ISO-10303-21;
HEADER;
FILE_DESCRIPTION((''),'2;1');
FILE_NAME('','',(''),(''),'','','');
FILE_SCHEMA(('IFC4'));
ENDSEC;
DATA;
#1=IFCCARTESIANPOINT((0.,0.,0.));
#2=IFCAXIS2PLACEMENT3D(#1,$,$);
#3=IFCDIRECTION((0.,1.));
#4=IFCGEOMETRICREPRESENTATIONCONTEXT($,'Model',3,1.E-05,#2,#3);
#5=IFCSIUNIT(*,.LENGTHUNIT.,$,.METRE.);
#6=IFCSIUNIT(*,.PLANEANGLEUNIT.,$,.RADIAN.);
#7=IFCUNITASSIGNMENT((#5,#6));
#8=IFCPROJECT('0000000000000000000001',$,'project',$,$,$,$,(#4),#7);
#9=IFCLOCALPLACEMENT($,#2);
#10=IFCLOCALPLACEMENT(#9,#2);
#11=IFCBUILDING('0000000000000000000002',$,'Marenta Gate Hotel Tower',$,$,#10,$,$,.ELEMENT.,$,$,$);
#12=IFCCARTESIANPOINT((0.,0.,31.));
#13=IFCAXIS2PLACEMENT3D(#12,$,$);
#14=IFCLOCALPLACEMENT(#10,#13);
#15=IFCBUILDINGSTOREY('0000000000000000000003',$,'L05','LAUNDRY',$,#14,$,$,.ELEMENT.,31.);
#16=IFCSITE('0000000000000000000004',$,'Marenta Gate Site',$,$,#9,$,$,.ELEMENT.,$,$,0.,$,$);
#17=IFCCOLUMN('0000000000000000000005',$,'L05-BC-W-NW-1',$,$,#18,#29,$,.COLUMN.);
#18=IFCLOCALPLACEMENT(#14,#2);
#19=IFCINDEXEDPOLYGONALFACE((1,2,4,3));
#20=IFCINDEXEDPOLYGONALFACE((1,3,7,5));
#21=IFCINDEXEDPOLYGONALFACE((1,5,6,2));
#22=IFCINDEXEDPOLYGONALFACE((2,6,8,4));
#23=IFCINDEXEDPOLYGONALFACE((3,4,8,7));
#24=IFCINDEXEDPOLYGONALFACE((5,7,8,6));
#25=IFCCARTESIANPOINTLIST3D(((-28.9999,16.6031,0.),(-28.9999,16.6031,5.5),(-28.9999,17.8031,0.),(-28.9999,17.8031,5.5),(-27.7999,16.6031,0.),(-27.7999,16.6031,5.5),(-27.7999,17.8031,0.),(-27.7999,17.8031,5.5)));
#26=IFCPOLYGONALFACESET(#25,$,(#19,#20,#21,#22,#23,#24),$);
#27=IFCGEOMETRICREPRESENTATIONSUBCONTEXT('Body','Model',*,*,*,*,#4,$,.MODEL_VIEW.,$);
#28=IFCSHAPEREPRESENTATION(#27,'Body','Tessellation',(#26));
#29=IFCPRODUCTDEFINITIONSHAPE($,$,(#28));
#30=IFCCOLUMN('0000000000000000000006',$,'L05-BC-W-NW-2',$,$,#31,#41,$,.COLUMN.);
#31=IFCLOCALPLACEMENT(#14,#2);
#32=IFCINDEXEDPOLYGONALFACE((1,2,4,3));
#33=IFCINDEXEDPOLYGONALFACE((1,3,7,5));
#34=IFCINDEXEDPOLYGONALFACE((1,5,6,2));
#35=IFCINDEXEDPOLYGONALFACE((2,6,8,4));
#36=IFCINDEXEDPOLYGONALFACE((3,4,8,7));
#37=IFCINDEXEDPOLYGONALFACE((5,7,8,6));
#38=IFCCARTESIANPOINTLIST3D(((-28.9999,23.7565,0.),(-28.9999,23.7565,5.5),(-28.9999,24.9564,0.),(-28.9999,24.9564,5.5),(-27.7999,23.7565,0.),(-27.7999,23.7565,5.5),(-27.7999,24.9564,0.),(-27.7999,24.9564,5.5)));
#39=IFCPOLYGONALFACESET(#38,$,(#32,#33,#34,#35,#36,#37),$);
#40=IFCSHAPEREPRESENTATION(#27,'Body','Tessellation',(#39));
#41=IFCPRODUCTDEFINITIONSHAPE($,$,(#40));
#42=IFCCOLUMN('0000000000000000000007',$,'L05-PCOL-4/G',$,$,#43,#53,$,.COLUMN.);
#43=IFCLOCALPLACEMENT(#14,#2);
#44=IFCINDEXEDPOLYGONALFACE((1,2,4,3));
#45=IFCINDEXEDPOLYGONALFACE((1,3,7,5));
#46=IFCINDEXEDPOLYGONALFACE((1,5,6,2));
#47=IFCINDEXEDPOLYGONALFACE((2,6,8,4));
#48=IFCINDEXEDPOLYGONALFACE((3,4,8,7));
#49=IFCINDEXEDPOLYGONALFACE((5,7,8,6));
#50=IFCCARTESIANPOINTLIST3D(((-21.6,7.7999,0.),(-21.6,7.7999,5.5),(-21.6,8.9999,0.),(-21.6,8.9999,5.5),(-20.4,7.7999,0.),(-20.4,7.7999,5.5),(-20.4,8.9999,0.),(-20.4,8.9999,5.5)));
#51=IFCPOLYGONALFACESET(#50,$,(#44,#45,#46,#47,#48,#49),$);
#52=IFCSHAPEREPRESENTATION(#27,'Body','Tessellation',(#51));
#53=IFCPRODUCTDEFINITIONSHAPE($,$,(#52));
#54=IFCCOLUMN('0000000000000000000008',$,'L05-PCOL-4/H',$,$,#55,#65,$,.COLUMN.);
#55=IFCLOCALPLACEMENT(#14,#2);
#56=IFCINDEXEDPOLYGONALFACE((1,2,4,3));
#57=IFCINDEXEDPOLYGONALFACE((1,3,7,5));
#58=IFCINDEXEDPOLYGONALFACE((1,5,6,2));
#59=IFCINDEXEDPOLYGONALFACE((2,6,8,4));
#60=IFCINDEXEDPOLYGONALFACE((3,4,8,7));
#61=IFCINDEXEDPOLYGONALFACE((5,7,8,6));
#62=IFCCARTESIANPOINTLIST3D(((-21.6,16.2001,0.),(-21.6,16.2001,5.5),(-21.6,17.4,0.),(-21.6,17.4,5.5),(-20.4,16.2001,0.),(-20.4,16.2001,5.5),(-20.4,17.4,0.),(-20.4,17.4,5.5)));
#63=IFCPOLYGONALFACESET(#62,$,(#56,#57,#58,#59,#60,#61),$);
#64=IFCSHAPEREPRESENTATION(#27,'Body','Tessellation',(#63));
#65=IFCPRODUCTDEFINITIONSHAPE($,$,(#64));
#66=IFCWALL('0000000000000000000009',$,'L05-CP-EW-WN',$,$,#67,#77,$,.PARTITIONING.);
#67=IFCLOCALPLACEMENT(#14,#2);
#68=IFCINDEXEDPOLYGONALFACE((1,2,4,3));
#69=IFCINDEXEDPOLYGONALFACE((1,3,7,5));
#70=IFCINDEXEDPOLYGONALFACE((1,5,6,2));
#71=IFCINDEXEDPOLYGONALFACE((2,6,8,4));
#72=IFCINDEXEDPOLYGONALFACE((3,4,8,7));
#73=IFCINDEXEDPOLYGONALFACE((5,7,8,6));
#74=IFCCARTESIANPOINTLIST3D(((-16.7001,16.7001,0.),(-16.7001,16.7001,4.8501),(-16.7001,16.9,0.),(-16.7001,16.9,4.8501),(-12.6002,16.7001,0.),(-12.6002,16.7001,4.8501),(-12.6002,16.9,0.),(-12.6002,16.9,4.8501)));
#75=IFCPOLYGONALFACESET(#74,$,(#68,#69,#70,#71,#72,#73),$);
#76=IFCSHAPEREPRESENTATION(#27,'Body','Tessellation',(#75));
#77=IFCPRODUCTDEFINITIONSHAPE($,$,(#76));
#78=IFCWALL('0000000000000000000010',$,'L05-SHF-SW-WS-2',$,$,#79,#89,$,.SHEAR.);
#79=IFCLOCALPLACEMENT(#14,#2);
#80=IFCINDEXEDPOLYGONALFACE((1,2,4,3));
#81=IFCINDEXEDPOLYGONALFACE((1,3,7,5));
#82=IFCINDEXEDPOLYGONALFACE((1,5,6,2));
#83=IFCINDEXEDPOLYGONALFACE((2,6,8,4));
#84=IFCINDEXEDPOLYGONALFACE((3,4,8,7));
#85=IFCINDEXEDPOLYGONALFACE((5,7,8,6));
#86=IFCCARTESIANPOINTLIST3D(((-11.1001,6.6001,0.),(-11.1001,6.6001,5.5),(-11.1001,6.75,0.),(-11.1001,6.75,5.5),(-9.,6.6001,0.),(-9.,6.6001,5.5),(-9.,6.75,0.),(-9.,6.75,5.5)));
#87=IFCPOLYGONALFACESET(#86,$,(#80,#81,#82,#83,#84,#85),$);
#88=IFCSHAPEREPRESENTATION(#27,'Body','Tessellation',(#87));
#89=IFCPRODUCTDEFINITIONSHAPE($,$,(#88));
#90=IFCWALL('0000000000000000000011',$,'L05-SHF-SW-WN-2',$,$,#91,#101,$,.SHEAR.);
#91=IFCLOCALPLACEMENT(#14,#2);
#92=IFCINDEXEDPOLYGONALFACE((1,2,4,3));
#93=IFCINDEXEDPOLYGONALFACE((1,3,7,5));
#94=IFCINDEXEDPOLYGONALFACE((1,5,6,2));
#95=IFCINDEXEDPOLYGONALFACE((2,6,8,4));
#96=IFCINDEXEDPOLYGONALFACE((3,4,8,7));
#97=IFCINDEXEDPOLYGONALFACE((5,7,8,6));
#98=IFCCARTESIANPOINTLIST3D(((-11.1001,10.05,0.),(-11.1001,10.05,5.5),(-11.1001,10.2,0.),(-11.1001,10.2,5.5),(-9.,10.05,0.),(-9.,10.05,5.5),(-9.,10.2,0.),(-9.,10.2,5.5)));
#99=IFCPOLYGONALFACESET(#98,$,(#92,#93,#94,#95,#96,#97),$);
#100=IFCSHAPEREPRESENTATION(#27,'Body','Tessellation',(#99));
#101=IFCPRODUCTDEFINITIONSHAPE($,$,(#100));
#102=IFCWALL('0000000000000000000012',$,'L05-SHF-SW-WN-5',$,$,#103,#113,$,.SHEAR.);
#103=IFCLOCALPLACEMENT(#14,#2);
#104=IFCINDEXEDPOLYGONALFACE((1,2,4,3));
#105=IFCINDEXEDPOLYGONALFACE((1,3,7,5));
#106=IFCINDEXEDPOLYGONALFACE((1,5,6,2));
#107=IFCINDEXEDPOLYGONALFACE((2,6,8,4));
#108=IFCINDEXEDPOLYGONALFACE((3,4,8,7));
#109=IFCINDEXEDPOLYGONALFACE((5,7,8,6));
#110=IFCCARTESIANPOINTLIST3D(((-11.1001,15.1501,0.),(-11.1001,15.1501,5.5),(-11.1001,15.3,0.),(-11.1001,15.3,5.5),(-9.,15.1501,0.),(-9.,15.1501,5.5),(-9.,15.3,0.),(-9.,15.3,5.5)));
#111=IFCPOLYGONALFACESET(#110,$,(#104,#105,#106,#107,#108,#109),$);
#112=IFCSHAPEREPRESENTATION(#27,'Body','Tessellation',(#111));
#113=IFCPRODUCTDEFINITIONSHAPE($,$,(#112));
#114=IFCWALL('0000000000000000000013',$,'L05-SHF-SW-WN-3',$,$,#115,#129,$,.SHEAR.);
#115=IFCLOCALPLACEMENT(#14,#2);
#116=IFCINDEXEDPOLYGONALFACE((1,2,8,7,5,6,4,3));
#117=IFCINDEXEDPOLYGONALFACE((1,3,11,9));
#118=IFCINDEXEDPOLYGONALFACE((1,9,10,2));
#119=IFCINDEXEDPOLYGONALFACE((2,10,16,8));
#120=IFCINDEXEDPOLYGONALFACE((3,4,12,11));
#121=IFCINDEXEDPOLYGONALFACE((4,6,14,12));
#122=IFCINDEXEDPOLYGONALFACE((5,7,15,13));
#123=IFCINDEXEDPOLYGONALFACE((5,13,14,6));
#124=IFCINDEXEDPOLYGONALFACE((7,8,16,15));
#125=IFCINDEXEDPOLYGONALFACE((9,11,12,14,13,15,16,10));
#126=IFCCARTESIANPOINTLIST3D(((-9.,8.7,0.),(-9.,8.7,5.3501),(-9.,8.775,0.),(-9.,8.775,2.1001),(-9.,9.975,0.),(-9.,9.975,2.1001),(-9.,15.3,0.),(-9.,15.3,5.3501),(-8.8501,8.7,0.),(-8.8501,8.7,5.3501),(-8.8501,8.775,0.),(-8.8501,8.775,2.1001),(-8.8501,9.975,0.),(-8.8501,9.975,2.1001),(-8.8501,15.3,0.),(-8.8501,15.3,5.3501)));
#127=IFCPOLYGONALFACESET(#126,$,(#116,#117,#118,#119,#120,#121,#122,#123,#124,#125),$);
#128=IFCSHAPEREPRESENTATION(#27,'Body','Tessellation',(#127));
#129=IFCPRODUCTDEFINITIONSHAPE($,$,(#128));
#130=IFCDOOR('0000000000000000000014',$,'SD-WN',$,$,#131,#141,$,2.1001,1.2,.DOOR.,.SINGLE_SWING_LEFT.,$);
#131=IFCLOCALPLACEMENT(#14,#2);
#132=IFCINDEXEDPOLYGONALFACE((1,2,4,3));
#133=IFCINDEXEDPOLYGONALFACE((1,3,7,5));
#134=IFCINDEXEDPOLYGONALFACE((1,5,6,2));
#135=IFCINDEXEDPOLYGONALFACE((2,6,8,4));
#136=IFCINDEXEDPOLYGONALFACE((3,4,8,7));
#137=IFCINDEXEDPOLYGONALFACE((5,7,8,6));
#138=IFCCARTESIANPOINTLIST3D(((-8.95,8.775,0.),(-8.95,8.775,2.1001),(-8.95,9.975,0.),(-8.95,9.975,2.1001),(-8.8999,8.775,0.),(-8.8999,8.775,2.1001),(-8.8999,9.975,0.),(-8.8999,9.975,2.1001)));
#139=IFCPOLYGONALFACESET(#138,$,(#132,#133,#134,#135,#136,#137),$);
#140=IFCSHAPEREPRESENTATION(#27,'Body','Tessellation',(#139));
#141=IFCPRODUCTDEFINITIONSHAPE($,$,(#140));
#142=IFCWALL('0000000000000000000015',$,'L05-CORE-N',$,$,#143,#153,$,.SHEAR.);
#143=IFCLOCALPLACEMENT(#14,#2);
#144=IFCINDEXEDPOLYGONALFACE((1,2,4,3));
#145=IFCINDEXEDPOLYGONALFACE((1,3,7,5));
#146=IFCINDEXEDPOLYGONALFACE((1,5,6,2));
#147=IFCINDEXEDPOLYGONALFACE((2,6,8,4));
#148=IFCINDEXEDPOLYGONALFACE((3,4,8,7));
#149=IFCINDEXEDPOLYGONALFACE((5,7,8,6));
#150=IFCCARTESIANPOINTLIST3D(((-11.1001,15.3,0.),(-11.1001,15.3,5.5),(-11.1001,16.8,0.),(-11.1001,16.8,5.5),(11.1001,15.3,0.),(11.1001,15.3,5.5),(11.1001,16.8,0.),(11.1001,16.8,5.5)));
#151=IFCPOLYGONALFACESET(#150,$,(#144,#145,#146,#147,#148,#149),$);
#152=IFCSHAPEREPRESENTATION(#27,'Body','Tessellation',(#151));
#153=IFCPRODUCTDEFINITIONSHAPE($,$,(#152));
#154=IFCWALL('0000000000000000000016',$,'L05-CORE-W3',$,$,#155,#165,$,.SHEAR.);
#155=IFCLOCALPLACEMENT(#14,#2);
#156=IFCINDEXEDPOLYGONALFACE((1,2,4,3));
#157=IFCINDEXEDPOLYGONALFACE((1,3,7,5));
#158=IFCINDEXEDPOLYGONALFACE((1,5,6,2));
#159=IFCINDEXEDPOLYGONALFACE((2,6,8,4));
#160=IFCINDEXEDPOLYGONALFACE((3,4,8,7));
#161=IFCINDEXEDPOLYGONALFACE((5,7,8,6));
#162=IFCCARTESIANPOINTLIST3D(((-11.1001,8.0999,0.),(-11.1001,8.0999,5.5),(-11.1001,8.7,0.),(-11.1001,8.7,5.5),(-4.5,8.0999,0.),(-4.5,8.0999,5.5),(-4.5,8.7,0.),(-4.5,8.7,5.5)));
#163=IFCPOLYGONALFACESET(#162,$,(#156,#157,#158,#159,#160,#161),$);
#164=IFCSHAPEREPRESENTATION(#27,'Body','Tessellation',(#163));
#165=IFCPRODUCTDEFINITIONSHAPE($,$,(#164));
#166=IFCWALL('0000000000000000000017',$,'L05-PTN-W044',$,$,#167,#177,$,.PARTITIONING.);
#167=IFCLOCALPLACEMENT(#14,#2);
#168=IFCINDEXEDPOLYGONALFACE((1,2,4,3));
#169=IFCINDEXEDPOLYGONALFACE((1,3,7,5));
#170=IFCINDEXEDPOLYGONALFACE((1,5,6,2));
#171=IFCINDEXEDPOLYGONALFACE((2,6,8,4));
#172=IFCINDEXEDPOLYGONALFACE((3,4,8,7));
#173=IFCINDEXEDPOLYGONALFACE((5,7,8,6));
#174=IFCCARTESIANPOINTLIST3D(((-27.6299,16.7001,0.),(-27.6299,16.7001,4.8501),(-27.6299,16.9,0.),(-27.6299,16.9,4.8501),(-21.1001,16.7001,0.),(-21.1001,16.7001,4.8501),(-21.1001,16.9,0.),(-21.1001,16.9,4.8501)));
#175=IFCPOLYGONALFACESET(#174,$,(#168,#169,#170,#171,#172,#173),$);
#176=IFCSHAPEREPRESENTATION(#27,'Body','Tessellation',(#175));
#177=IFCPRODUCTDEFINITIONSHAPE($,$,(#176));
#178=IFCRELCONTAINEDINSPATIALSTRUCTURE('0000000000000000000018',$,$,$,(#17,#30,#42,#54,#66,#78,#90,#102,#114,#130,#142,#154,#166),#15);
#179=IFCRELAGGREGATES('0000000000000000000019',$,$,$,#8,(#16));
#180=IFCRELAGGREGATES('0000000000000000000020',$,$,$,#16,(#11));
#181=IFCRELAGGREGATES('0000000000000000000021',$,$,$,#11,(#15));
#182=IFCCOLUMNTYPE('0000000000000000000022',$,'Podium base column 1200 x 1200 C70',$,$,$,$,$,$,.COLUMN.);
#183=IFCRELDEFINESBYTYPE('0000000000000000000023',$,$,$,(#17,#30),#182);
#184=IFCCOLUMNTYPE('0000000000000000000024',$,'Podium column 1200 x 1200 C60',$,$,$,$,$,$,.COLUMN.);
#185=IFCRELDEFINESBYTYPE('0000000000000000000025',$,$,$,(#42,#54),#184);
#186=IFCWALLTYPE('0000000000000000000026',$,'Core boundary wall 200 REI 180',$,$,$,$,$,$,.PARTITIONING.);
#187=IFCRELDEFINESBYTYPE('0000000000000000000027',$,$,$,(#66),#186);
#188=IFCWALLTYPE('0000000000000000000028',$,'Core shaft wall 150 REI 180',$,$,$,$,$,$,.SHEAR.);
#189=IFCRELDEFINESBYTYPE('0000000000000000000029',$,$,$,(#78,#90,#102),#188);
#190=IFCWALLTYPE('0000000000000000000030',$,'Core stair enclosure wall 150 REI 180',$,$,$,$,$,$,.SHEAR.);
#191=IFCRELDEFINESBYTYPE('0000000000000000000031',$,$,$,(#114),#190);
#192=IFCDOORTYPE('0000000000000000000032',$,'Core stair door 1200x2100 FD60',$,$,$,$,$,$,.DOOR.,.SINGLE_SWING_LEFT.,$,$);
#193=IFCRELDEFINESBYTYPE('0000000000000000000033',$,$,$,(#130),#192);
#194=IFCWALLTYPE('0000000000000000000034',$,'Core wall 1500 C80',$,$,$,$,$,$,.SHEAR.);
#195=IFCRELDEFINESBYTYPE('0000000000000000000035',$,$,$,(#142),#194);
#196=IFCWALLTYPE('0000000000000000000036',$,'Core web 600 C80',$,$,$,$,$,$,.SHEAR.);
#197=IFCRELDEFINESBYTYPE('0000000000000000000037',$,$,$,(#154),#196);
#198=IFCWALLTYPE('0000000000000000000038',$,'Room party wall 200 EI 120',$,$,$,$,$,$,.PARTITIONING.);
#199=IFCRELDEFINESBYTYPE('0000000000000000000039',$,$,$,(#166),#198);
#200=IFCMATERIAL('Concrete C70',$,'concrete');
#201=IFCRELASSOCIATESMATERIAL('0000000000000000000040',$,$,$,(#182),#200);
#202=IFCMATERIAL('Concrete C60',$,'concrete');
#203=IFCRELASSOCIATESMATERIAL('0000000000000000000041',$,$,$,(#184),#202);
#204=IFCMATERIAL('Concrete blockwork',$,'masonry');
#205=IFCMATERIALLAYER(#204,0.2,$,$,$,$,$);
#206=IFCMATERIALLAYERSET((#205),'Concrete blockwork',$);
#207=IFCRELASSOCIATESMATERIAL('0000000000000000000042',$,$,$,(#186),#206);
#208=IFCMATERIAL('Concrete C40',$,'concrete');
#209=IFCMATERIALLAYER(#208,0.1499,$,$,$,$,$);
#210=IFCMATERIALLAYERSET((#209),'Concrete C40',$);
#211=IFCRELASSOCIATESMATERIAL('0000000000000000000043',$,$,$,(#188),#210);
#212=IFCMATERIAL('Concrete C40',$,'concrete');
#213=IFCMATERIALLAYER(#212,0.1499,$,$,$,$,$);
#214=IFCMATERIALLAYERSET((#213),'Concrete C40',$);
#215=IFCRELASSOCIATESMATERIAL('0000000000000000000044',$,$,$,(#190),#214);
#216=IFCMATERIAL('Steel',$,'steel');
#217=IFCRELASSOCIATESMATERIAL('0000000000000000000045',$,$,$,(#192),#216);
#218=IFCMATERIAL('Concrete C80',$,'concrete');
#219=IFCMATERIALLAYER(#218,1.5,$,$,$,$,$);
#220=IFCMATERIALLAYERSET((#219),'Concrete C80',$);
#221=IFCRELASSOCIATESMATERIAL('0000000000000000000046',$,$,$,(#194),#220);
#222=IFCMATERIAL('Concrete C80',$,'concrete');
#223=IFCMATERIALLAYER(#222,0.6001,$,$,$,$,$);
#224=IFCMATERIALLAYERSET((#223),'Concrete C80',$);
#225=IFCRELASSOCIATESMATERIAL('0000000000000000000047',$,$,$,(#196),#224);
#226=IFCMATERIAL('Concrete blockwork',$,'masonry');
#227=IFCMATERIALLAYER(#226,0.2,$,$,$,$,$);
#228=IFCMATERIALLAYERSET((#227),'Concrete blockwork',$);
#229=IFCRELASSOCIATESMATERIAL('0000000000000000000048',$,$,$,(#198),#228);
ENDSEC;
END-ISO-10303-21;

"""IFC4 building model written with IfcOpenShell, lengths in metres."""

from ifc_helpers import new_model, si_unit, direction, frame, frame_2d, origin, origin_2d, place, context, subcontext, project, spatial, rectangle, extrude, material, layer, layer_set, material_profile, profile_set, type_object, element, fill, save


model = new_model("IFC4")

# Units and contexts
model_context = context("Model", 3, precision=1e-05, world=origin(), true_north=direction((0.0, 1.0)))
body_context = subcontext(model_context, "Body", "Model", "MODEL_VIEW")
ifc_project = project(units=[si_unit("LENGTHUNIT", "METRE"), si_unit("PLANEANGLEUNIT", "RADIAN")], contexts=[model_context])

# Site, building, storey
site_placement = place(None, origin())
site = spatial("IfcSite", under=ifc_project, at=site_placement, Name="Marenta Gate Site", CompositionType="ELEMENT", RefElevation=0.0)
building_placement = place(site_placement, origin())
building = spatial("IfcBuilding", under=site, at=building_placement, Name="Marenta Gate Hotel Tower", CompositionType="ELEMENT")
storey_placement = place(building_placement, frame((0.0, 0.0, 31.0)))
storey = spatial("IfcBuildingStorey", under=building, at=storey_placement, Name="L05", Description="LAUNDRY", CompositionType="ELEMENT", Elevation=31.0)

# Columns
ifc_material_1 = material(Name="Concrete C70", Category="concrete")
ifc_material_profile_1 = material_profile(ifc_material_1, rectangle(XDim=1.2, YDim=1.2, at=origin_2d()), Name="1200 x 1200")
ifc_profile_set_1 = profile_set([ifc_material_profile_1], Name="Concrete C70")
column_type_1 = type_object("IfcColumnType", Name="Podium base column 1200 x 1200 C70", PredefinedType="COLUMN", material=ifc_profile_set_1)
for number, where, z_axis, x_axis, name in (
    (1, (-28.3999, 17.2031, 0.0), (0.0, 0.0, 1.0), (1.0, 0.0, 0.0), "L05-BC-W-NW-1"),
    (2, (-28.3999, 24.3564, 0.0), (0.0, 0.0, 1.0), (1.0, 0.0, 0.0), "L05-BC-W-NW-2"),
):
    element("IfcColumn", number, at=place(storey_placement, frame(where, z_axis=z_axis, x_axis=x_axis)), inside=storey, type_object=column_type_1, Name=name, PredefinedType="COLUMN", context=body_context, shape_type="SweptSolid", body=[
        extrude(rectangle(XDim=1.2, YDim=1.2, at=origin_2d()), origin(), (0.0, 0.0, 1.0), 5.5),
    ])
ifc_material_2 = material(Name="Concrete C60", Category="concrete")
ifc_material_profile_2 = material_profile(ifc_material_2, rectangle(XDim=1.2, YDim=1.2, at=origin_2d()), Name="1200 x 1200")
ifc_profile_set_2 = profile_set([ifc_material_profile_2], Name="Concrete C60")
column_type_2 = type_object("IfcColumnType", Name="Podium column 1200 x 1200 C60", PredefinedType="COLUMN", material=ifc_profile_set_2)
for number, where, z_axis, x_axis, name in (
    (3, (-21.0, 8.3999, 0.0), (0.0, 0.0, 1.0), (1.0, 0.0, 0.0), "L05-PCOL-4/G"),
    (4, (-21.0, 16.8, 0.0), (0.0, 0.0, 1.0), (1.0, 0.0, 0.0), "L05-PCOL-4/H"),
):
    element("IfcColumn", number, at=place(storey_placement, frame(where, z_axis=z_axis, x_axis=x_axis)), inside=storey, type_object=column_type_2, Name=name, PredefinedType="COLUMN", context=body_context, shape_type="SweptSolid", body=[
        extrude(rectangle(XDim=1.2, YDim=1.2, at=origin_2d()), origin(), (0.0, 0.0, 1.0), 5.5),
    ])

# Walls
ifc_material_3 = material(Name="Concrete blockwork", Category="masonry")
ifc_layer_1 = layer(ifc_material_3, 0.2)
ifc_layer_set_1 = layer_set([ifc_layer_1], Name="Concrete blockwork")
wall_type_1 = type_object("IfcWallType", Name="Core boundary wall 200 REI 180", PredefinedType="PARTITIONING", material=ifc_layer_set_1)
wall_1_placement = place(storey_placement, frame((-16.7, 16.8, 0.0), z_axis=(0.0, 0.0, 1.0), x_axis=(1.0, 0.0, 0.0)))
element("IfcWall", 5, at=wall_1_placement, inside=storey, type_object=wall_type_1, Name="L05-CP-EW-WN", PredefinedType="PARTITIONING", context=body_context, shape_type="SweptSolid", body=[
    extrude(rectangle(XDim=4.0999, YDim=0.2, at=frame_2d((2.0498, 0.0))), origin(), (0.0, 0.0, 1.0), 4.8501),
])
ifc_material_4 = material(Name="Concrete C40", Category="concrete")
ifc_layer_2 = layer(ifc_material_4, 0.1499)
ifc_layer_set_2 = layer_set([ifc_layer_2], Name="Concrete C40")
wall_type_2 = type_object("IfcWallType", Name="Core shaft wall 150 REI 180", PredefinedType="SHEAR", material=ifc_layer_set_2)
for number, where, z_axis, x_axis, name in (
    (6, (-11.1001, 6.675, 0.0), (0.0, 0.0, 1.0), (1.0, 0.0, 0.0), "L05-SHF-SW-WS-2"),
    (7, (-11.1001, 10.125, 0.0), (0.0, 0.0, 1.0), (1.0, 0.0, 0.0), "L05-SHF-SW-WN-2"),
    (8, (-11.1001, 15.2251, 0.0), (0.0, 0.0, 1.0), (1.0, 0.0, 0.0), "L05-SHF-SW-WN-5"),
):
    element("IfcWall", number, at=place(storey_placement, frame(where, z_axis=z_axis, x_axis=x_axis)), inside=storey, type_object=wall_type_2, Name=name, PredefinedType="SHEAR", context=body_context, shape_type="SweptSolid", body=[
        extrude(rectangle(XDim=2.1001, YDim=0.1499, at=frame_2d((1.05, 0.0))), origin(), (0.0, 0.0, 1.0), 5.5),
    ])

# Wall, opening, door
ifc_material_5 = material(Name="Concrete C40", Category="concrete")
ifc_layer_3 = layer(ifc_material_5, 0.1499)
ifc_layer_set_3 = layer_set([ifc_layer_3], Name="Concrete C40")
wall_type_3 = type_object("IfcWallType", Name="Core stair enclosure wall 150 REI 180", PredefinedType="SHEAR", material=ifc_layer_set_3)
wall_2_placement = place(storey_placement, frame((-8.925, 8.7, 0.0), z_axis=(0.0, 0.0, 1.0), x_axis=(0.0, 1.0, 0.0)))
wall_2 = element("IfcWall", 9, at=wall_2_placement, inside=storey, type_object=wall_type_3, Name="L05-SHF-SW-WN-3", PredefinedType="SHEAR", context=body_context, shape_type="SweptSolid", body=[
    extrude(rectangle(XDim=6.6001, YDim=0.1499, at=frame_2d((3.3, 0.0))), origin(), (0.0, 0.0, 1.0), 5.3501),
])
opening_1_placement = place(wall_2_placement, frame((0.075, 0.0, 0.0)))
opening_1 = element("IfcOpeningElement", 10, at=opening_1_placement, cuts=wall_2, PredefinedType="OPENING", context=body_context, shape_type="SweptSolid", body=[
    extrude(rectangle(XDim=1.2, YDim=2.1001, at=frame_2d((0.6001, 1.05))), frame((0.0, 0.075, 0.0), z_axis=(0.0, -1.0, 0.0), x_axis=(1.0, 0.0, 0.0)), (0.0, 0.0, 1.0), 0.1499),
])
ifc_material_6 = material(Name="Steel", Category="steel")
door_type_1 = type_object("IfcDoorType", Name="Core stair door 1200x2100 FD60", OperationType="SINGLE_SWING_LEFT", PredefinedType="DOOR", material=ifc_material_6)
door_1_placement = place(opening_1_placement, origin())
door_1 = element("IfcDoor", 11, at=door_1_placement, inside=storey, type_object=door_type_1, Name="SD-WN", OperationType="SINGLE_SWING_LEFT", OverallHeight=2.1001, OverallWidth=1.2, PredefinedType="DOOR", context=body_context, shape_type="SweptSolid", body=[
    extrude(rectangle(XDim=1.2, YDim=2.1001, at=frame_2d((0.6001, 1.05))), frame((0.0, 0.0249, 0.0), z_axis=(0.0, -1.0, 0.0), x_axis=(1.0, 0.0, 0.0)), (0.0, 0.0, 1.0), 0.05),
])
fill(opening_1, door_1)

# Walls
ifc_material_7 = material(Name="Concrete C80", Category="concrete")
ifc_layer_4 = layer(ifc_material_7, 1.5)
ifc_layer_set_4 = layer_set([ifc_layer_4], Name="Concrete C80")
wall_type_4 = type_object("IfcWallType", Name="Core wall 1500 C80", PredefinedType="SHEAR", material=ifc_layer_set_4)
wall_3_placement = place(storey_placement, frame((-11.1001, 16.05, 0.0), z_axis=(0.0, 0.0, 1.0), x_axis=(1.0, 0.0, 0.0)))
element("IfcWall", 12, at=wall_3_placement, inside=storey, type_object=wall_type_4, Name="L05-CORE-N", PredefinedType="SHEAR", context=body_context, shape_type="SweptSolid", body=[
    extrude(rectangle(XDim=22.2002, YDim=1.5, at=frame_2d((11.1001, 0.0))), origin(), (0.0, 0.0, 1.0), 5.5),
])
ifc_material_8 = material(Name="Concrete C80", Category="concrete")
ifc_layer_5 = layer(ifc_material_8, 0.6001)
ifc_layer_set_5 = layer_set([ifc_layer_5], Name="Concrete C80")
wall_type_5 = type_object("IfcWallType", Name="Core web 600 C80", PredefinedType="SHEAR", material=ifc_layer_set_5)
wall_4_placement = place(storey_placement, frame((-11.1001, 8.3999, 0.0), z_axis=(0.0, 0.0, 1.0), x_axis=(1.0, 0.0, 0.0)))
element("IfcWall", 13, at=wall_4_placement, inside=storey, type_object=wall_type_5, Name="L05-CORE-W3", PredefinedType="SHEAR", context=body_context, shape_type="SweptSolid", body=[
    extrude(rectangle(XDim=6.6001, YDim=0.6001, at=frame_2d((3.3, 0.0))), origin(), (0.0, 0.0, 1.0), 5.5),
])

# Wall
ifc_material_9 = material(Name="Concrete blockwork", Category="masonry")
ifc_layer_6 = layer(ifc_material_9, 0.2)
ifc_layer_set_6 = layer_set([ifc_layer_6], Name="Concrete blockwork")
wall_type_6 = type_object("IfcWallType", Name="Room party wall 200 EI 120", PredefinedType="PARTITIONING", material=ifc_layer_set_6)
wall_5_placement = place(storey_placement, frame((-27.6299, 16.8, 0.0), z_axis=(0.0, 0.0, 1.0), x_axis=(1.0, 0.0, 0.0)))
element("IfcWall", 14, at=wall_5_placement, inside=storey, type_object=wall_type_6, Name="L05-PTN-W044", PredefinedType="PARTITIONING", context=body_context, shape_type="SweptSolid", body=[
    extrude(rectangle(XDim=6.5298, YDim=0.2, at=frame_2d((3.2649, 0.0))), origin(), (0.0, 0.0, 1.0), 4.8501),
])

save(model, "model.ifc")
